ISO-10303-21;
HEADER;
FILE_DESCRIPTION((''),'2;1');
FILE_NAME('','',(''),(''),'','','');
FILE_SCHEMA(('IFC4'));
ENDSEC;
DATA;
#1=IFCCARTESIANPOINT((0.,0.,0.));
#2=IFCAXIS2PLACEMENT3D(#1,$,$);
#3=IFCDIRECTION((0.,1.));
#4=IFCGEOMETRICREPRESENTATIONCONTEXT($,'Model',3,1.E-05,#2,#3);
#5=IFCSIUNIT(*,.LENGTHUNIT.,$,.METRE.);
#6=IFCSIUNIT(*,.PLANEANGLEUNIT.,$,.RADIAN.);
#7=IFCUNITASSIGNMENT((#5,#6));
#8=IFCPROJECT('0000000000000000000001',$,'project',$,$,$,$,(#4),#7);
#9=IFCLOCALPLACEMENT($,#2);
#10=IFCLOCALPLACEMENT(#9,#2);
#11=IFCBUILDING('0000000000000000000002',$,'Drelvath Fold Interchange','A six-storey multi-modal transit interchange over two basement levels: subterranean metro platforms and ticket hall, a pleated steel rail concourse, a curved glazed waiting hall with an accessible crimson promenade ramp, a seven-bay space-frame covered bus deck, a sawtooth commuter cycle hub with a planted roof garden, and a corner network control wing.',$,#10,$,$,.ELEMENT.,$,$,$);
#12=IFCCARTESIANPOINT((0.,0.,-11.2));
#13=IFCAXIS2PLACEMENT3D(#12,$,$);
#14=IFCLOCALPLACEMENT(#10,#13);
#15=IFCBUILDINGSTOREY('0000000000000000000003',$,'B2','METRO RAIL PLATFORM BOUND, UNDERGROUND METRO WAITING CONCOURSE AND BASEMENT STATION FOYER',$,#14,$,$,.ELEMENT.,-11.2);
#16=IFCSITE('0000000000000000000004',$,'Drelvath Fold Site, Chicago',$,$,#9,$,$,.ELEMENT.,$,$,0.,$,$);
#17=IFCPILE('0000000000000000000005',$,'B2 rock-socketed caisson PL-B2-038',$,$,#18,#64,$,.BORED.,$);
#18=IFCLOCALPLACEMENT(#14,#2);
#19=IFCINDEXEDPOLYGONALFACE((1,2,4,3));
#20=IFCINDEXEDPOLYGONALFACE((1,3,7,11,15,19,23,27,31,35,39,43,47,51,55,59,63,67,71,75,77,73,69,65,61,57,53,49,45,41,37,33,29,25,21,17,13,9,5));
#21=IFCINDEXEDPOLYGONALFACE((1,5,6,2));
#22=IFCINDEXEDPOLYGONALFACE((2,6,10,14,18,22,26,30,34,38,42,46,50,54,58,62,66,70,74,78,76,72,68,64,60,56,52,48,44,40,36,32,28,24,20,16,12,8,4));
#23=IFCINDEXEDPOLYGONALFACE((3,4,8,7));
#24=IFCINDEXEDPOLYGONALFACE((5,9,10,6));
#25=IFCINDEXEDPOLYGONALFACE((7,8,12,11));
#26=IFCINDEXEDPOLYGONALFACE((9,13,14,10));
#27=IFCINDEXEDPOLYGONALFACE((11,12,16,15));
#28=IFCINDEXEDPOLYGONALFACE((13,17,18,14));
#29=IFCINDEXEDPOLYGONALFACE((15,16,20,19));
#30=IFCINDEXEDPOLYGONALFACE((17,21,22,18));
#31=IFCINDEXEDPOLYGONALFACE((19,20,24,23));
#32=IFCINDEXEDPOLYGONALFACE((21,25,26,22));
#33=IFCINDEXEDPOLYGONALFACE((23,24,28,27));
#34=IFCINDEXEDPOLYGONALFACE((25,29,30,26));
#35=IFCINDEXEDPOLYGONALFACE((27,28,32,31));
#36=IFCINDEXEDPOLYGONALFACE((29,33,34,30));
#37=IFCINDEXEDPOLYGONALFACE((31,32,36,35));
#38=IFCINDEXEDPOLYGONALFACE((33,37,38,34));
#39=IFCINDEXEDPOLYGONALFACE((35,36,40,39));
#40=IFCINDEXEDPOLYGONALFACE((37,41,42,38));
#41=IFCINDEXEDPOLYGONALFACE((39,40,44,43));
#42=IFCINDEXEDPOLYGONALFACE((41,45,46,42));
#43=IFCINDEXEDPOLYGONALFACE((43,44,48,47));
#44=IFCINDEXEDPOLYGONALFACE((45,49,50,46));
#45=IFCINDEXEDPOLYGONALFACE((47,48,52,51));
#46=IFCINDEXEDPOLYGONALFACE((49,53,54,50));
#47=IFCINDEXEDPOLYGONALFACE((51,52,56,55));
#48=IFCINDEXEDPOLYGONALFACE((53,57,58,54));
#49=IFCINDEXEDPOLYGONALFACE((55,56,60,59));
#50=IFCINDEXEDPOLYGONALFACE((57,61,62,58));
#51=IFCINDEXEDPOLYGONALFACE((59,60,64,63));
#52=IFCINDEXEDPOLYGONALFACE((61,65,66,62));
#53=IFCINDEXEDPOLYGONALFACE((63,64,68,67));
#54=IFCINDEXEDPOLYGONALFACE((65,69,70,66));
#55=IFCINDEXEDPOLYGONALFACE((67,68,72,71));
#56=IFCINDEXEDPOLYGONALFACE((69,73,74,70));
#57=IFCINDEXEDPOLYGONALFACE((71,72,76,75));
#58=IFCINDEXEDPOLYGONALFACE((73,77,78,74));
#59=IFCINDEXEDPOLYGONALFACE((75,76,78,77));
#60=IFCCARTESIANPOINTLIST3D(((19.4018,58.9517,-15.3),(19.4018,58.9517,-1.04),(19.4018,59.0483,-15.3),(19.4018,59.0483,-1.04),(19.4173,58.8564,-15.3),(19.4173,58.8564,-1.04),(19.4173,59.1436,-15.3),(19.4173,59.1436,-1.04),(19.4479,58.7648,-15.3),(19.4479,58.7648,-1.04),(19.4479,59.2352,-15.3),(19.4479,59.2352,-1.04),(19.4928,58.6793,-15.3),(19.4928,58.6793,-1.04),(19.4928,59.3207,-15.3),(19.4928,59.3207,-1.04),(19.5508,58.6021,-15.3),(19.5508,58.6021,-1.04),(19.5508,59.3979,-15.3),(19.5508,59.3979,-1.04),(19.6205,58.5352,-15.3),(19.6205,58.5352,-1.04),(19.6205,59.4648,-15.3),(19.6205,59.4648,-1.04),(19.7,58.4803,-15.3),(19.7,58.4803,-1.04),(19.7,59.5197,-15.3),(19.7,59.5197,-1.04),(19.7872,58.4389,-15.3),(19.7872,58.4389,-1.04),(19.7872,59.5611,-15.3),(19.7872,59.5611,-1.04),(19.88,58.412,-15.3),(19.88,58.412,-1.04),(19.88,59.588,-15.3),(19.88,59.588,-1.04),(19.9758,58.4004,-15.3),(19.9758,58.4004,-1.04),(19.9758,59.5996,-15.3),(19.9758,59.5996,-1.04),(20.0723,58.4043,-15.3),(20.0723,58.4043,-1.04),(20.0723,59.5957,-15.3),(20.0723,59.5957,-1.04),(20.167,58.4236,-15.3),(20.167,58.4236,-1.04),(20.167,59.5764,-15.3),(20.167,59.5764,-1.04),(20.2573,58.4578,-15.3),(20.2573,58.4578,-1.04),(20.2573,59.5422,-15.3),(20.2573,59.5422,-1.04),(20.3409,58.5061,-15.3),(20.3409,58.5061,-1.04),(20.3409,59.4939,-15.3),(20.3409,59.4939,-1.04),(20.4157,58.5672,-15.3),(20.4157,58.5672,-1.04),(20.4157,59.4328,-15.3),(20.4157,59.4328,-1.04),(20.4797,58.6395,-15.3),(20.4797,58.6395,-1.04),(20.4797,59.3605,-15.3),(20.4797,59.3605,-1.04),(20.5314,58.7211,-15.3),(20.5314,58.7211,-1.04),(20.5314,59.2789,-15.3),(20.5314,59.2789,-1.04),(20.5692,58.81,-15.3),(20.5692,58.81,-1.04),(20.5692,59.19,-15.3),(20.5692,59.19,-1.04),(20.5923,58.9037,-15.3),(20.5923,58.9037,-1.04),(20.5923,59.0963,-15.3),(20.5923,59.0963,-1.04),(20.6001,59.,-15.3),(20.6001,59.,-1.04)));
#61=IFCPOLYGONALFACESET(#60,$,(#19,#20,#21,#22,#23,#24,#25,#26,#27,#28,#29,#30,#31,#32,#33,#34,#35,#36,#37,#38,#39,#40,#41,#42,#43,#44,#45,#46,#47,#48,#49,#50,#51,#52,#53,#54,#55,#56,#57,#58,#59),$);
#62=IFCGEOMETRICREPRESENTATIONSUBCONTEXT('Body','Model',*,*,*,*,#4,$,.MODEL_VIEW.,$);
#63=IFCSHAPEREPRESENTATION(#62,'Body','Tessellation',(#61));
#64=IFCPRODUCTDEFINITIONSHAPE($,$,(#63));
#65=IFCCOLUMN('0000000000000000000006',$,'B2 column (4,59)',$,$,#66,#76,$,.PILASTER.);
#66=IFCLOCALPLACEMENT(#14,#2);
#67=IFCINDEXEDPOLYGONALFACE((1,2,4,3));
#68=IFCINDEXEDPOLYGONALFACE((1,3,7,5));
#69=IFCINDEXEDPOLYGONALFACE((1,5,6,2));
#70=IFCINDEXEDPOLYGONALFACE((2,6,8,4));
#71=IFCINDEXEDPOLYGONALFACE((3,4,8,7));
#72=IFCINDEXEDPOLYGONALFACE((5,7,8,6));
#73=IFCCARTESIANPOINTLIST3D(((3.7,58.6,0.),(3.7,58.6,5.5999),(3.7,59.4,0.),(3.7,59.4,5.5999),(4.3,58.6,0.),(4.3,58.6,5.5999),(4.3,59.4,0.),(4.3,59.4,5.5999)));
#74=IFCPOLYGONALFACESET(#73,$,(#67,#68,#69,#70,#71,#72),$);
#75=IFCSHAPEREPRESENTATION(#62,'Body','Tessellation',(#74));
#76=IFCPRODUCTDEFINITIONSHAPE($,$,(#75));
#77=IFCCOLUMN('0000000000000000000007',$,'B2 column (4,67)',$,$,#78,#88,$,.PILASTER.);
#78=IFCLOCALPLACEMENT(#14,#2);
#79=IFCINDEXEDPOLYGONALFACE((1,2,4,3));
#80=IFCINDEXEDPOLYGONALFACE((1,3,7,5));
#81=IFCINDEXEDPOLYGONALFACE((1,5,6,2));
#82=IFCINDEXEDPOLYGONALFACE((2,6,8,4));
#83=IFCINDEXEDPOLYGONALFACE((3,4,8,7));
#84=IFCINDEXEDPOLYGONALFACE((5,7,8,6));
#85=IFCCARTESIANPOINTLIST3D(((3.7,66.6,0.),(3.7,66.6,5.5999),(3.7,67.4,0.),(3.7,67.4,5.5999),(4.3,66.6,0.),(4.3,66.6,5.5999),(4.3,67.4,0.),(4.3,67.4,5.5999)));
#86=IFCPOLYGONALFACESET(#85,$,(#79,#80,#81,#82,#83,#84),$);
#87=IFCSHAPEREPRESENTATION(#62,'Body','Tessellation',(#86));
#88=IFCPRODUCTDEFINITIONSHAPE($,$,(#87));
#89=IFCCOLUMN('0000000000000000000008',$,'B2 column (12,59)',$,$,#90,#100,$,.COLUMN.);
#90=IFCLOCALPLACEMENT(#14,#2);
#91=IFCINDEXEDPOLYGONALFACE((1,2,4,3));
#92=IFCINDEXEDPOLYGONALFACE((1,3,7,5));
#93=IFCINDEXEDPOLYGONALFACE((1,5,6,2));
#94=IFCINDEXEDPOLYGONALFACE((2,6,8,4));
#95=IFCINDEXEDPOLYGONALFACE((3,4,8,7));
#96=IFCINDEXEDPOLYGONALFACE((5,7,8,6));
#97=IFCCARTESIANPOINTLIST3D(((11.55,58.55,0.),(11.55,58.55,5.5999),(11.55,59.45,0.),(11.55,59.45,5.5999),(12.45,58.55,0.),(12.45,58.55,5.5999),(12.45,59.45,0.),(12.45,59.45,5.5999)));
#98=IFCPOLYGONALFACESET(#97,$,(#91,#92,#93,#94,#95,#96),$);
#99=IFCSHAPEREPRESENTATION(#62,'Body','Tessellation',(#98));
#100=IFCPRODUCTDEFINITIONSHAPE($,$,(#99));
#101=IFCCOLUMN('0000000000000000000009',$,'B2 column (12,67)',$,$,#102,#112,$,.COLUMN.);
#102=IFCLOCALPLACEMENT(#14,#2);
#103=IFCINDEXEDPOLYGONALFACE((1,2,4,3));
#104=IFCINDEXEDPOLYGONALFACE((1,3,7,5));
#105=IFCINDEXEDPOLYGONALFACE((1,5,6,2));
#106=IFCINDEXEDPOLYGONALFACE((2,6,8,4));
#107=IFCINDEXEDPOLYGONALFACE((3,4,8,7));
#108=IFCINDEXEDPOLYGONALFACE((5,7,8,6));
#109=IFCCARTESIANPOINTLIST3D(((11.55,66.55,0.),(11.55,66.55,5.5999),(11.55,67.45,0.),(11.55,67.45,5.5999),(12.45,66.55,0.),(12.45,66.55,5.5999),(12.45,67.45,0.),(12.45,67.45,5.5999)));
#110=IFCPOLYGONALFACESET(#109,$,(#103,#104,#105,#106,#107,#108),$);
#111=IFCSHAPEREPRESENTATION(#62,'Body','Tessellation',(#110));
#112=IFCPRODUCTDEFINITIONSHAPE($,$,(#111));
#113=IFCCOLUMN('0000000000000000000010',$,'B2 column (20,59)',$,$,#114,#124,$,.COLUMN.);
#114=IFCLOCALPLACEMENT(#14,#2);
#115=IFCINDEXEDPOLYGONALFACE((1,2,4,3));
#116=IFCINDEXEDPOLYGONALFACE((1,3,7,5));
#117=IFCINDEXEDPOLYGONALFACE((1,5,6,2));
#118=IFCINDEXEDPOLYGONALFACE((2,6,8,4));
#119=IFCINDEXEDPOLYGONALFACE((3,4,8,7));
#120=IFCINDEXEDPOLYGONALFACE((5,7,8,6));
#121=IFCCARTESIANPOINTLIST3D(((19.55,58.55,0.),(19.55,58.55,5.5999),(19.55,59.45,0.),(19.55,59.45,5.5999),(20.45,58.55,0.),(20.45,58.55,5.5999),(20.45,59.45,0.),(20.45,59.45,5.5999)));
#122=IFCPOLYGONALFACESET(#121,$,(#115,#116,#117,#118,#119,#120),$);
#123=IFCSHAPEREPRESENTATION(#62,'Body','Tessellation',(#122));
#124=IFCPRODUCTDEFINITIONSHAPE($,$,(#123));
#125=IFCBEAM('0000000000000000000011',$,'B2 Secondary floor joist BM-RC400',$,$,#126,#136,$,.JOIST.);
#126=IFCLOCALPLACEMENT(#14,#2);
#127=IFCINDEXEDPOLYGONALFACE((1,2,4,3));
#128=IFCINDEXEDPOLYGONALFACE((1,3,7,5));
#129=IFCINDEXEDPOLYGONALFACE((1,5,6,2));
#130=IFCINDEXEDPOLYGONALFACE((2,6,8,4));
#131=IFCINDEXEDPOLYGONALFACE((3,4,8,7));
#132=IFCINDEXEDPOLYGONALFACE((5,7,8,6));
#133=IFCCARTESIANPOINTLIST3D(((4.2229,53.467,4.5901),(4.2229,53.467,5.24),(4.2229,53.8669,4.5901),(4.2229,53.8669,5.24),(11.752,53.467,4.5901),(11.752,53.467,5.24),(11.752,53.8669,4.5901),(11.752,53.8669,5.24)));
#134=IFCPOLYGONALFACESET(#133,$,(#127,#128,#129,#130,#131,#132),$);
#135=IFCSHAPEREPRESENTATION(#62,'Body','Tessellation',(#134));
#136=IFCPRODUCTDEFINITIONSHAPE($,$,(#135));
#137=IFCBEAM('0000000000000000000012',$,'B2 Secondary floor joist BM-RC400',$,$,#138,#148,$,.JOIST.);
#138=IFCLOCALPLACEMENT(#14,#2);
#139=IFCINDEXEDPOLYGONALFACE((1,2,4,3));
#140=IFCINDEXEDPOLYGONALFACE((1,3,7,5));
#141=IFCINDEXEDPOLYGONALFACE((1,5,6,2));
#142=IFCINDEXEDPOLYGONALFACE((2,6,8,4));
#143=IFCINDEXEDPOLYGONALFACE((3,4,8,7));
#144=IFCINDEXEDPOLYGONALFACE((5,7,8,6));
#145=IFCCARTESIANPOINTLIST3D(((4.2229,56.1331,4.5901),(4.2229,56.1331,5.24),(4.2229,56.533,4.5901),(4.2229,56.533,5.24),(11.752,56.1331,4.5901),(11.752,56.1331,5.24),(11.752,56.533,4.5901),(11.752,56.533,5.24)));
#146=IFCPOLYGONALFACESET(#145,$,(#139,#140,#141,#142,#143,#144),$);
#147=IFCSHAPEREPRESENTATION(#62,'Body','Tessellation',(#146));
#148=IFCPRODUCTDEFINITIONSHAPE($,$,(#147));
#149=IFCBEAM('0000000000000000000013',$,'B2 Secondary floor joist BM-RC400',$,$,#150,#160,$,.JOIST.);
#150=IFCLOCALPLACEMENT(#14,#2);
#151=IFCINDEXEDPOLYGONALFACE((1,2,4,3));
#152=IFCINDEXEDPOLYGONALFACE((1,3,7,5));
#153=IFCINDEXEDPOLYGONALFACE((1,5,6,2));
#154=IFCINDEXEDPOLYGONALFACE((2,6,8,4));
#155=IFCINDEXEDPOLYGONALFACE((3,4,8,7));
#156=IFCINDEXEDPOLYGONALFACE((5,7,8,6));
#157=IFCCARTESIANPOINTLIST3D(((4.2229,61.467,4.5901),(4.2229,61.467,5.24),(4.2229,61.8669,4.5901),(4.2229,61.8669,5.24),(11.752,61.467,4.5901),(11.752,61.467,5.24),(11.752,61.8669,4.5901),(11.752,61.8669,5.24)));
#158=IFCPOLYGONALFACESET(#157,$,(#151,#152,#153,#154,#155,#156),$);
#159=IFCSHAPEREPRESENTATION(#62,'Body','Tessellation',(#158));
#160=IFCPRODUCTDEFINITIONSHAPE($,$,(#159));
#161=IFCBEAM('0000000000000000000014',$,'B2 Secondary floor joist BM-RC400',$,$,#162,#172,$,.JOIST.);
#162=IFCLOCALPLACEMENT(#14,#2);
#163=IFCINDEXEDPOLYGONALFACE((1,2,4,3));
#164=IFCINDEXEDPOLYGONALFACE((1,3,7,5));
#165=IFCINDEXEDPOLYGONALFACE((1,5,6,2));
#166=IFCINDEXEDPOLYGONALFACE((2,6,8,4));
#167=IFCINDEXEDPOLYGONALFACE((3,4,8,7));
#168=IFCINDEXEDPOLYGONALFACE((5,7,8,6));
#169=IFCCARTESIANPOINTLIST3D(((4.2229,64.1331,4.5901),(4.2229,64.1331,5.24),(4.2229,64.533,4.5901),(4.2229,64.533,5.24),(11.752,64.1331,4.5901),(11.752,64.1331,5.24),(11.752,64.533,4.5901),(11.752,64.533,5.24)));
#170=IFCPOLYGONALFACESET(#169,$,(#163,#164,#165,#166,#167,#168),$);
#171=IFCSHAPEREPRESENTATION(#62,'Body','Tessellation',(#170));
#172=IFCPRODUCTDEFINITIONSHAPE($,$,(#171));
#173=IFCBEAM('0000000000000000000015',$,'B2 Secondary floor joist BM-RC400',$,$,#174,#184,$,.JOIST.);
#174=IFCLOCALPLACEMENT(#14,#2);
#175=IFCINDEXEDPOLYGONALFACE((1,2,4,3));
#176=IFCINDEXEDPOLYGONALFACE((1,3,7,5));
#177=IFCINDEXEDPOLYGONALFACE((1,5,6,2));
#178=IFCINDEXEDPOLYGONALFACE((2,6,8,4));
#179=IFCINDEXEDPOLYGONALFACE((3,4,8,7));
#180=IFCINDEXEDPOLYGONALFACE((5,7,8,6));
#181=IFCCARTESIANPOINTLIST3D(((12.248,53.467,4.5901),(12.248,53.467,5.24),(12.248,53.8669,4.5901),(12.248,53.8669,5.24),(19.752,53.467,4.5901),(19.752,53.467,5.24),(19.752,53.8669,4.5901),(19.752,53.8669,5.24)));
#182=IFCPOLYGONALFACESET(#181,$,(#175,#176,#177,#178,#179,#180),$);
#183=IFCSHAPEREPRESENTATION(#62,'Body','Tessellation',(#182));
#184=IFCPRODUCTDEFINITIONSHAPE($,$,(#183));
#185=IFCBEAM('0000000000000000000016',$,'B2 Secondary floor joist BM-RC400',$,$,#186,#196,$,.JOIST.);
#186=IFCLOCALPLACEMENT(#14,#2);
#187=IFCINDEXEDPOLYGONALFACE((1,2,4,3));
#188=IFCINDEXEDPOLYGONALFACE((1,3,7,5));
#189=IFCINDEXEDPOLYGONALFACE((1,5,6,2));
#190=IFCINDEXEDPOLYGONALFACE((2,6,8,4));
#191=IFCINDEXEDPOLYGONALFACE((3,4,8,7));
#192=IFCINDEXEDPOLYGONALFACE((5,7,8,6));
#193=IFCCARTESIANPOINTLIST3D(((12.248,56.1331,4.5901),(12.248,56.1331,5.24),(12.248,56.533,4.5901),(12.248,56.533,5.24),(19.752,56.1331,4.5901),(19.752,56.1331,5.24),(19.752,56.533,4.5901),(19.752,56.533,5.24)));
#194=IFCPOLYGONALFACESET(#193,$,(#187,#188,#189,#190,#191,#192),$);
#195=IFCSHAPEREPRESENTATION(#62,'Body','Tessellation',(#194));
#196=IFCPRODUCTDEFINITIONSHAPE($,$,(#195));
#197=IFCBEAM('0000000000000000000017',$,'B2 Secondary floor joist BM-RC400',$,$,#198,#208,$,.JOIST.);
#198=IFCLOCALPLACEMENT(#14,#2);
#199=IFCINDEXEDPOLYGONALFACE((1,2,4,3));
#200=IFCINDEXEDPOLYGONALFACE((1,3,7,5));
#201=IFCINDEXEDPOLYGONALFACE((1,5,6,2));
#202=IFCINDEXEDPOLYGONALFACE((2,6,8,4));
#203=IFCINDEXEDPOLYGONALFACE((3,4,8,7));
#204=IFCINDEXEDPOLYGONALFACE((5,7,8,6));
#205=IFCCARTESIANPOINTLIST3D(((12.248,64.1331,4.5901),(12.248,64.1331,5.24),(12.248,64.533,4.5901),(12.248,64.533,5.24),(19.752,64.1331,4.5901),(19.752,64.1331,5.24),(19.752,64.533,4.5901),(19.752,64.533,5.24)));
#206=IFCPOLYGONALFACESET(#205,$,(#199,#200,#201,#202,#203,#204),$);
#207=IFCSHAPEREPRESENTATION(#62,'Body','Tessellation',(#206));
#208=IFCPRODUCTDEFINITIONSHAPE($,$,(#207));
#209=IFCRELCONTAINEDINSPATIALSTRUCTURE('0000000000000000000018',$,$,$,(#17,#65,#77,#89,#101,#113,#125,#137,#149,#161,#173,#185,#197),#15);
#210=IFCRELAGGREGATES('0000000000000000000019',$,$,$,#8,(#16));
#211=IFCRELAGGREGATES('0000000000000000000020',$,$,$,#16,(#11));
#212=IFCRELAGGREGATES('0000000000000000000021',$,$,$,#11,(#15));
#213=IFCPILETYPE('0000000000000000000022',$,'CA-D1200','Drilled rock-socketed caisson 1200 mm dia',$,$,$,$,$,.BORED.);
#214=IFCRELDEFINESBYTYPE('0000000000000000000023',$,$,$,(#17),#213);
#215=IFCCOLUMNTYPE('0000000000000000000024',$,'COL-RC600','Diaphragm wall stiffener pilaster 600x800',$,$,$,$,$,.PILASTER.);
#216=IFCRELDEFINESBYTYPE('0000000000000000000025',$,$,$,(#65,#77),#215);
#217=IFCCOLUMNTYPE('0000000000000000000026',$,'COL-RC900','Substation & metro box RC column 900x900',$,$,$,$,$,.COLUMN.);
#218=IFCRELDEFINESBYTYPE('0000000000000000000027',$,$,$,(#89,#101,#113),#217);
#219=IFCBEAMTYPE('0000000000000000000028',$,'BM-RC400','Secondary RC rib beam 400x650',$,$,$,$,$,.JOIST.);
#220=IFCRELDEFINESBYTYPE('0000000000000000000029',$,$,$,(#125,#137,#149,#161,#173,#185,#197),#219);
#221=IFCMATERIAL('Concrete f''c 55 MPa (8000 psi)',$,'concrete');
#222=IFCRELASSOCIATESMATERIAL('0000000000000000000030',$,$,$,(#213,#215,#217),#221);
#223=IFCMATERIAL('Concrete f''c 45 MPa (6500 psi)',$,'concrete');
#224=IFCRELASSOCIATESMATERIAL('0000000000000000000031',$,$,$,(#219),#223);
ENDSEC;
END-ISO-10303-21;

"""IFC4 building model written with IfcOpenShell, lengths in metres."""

from ifc_helpers import new_model, si_unit, direction, frame, origin, origin_2d, place, context, subcontext, project, spatial, rectangle, circle, extrude, material, material_profile, profile_set, type_object, element, save


model = new_model("IFC4")

# Units and contexts
model_context = context("Model", 3, precision=1e-05, world=origin(), true_north=direction((0.0, 1.0)))
body_context = subcontext(model_context, "Body", "Model", "MODEL_VIEW")
ifc_project = project(units=[si_unit("LENGTHUNIT", "METRE"), si_unit("PLANEANGLEUNIT", "RADIAN")], contexts=[model_context])

# Site, building, storey
site_placement = place(None, origin())
site = spatial("IfcSite", under=ifc_project, at=site_placement, Name="Drelvath Fold Site, Chicago", CompositionType="ELEMENT", RefElevation=0.0)
building_placement = place(site_placement, origin())
building = spatial("IfcBuilding", under=site, at=building_placement, Name="Drelvath Fold Interchange", Description="A six-storey multi-modal transit interchange over two basement levels: subterranean metro platforms and ticket hall, a pleated steel rail concourse, a curved glazed waiting hall with an accessible crimson promenade ramp, a seven-bay space-frame covered bus deck, a sawtooth commuter cycle hub with a planted roof garden, and a corner network control wing.", CompositionType="ELEMENT")
storey_placement = place(building_placement, frame((0.0, 0.0, -11.2)))
storey = spatial("IfcBuildingStorey", under=building, at=storey_placement, Name="B2", Description="METRO RAIL PLATFORM BOUND, UNDERGROUND METRO WAITING CONCOURSE AND BASEMENT STATION FOYER", CompositionType="ELEMENT", Elevation=-11.2)

# Pile
ifc_material_1 = material(Name="Concrete f'c 55 MPa (8000 psi)", Category="concrete")
ifc_material_profile_1 = material_profile(ifc_material_1, circle(Radius=0.6001, at=origin_2d()), Name="CAISSON D1200")
ifc_profile_set_1 = profile_set([ifc_material_profile_1], Name="Concrete f'c 55 MPa (8000 psi)")
pile_type = type_object("IfcPileType", Name="CA-D1200", Description="Drilled rock-socketed caisson 1200 mm dia", PredefinedType="BORED", material=ifc_profile_set_1)
for number, where, z_axis, x_axis, name in (
    (1, (20.0, 59.0, -1.04), (0.0, 0.0, -1.0), (1.0, 0.0, 0.0), "B2 rock-socketed caisson PL-B2-038"),
):
    element("IfcPile", number, at=place(storey_placement, frame(where, z_axis=z_axis, x_axis=x_axis)), inside=storey, type_object=pile_type, Name=name, PredefinedType="BORED", context=body_context, shape_type="SweptSolid", body=[
        extrude(circle(Radius=0.6001, at=origin_2d()), origin(), (0.0, 0.0, 1.0), 14.26),
    ])

# Columns
ifc_material_profile_2 = material_profile(ifc_material_1, rectangle(XDim=0.6001, YDim=0.8, at=origin_2d()), Name="RC 600x800")
ifc_profile_set_2 = profile_set([ifc_material_profile_2], Name="Concrete f'c 55 MPa (8000 psi)")
column_type_1 = type_object("IfcColumnType", Name="COL-RC600", Description="Diaphragm wall stiffener pilaster 600x800", PredefinedType="PILASTER", material=ifc_profile_set_2)
for number, where, z_axis, x_axis, name in (
    (2, (4.0, 59.0, 0.0), (0.0, 0.0, 1.0), (1.0, 0.0, 0.0), "B2 column (4,59)"),
    (3, (4.0, 67.0, 0.0), (0.0, 0.0, 1.0), (1.0, 0.0, 0.0), "B2 column (4,67)"),
):
    element("IfcColumn", number, at=place(storey_placement, frame(where, z_axis=z_axis, x_axis=x_axis)), inside=storey, type_object=column_type_1, Name=name, PredefinedType="PILASTER", context=body_context, shape_type="SweptSolid", body=[
        extrude(rectangle(XDim=0.6001, YDim=0.8, at=origin_2d()), origin(), (0.0, 0.0, 1.0), 5.5999),
    ])
ifc_material_profile_3 = material_profile(ifc_material_1, rectangle(XDim=0.8999, YDim=0.8999, at=origin_2d()), Name="RC 900x900")
ifc_profile_set_3 = profile_set([ifc_material_profile_3], Name="Concrete f'c 55 MPa (8000 psi)")
column_type_2 = type_object("IfcColumnType", Name="COL-RC900", Description="Substation & metro box RC column 900x900", PredefinedType="COLUMN", material=ifc_profile_set_3)
for number, where, z_axis, x_axis, name in (
    (4, (12.0, 59.0, 0.0), (0.0, 0.0, 1.0), (1.0, 0.0, 0.0), "B2 column (12,59)"),
    (5, (12.0, 67.0, 0.0), (0.0, 0.0, 1.0), (1.0, 0.0, 0.0), "B2 column (12,67)"),
    (6, (20.0, 59.0, 0.0), (0.0, 0.0, 1.0), (1.0, 0.0, 0.0), "B2 column (20,59)"),
):
    element("IfcColumn", number, at=place(storey_placement, frame(where, z_axis=z_axis, x_axis=x_axis)), inside=storey, type_object=column_type_2, Name=name, PredefinedType="COLUMN", context=body_context, shape_type="SweptSolid", body=[
        extrude(rectangle(XDim=0.8999, YDim=0.8999, at=origin_2d()), origin(), (0.0, 0.0, 1.0), 5.5999),
    ])

# Beams
ifc_material_2 = material(Name="Concrete f'c 45 MPa (6500 psi)", Category="concrete")
ifc_material_profile_4 = material_profile(ifc_material_2, rectangle(XDim=0.3999, YDim=0.6499, at=origin_2d()), Name="RC 400x650")
ifc_profile_set_4 = profile_set([ifc_material_profile_4], Name="Concrete f'c 45 MPa (6500 psi)")
beam_type_1 = type_object("IfcBeamType", Name="BM-RC400", Description="Secondary RC rib beam 400x650", PredefinedType="JOIST", material=ifc_profile_set_4)
for number, where, z_axis, x_axis, name in (
    (7, (4.2229, 53.667, 4.915), (1.0, 0.0, 0.0), (0.0, 1.0, 0.0), "B2 Secondary floor joist BM-RC400"),
    (8, (4.2229, 56.333, 4.915), (1.0, 0.0, 0.0), (0.0, 1.0, 0.0), "B2 Secondary floor joist BM-RC400"),
    (9, (4.2229, 61.667, 4.915), (1.0, 0.0, 0.0), (0.0, 1.0, 0.0), "B2 Secondary floor joist BM-RC400"),
    (10, (4.2229, 64.333, 4.915), (1.0, 0.0, 0.0), (0.0, 1.0, 0.0), "B2 Secondary floor joist BM-RC400"),
):
    element("IfcBeam", number, at=place(storey_placement, frame(where, z_axis=z_axis, x_axis=x_axis)), inside=storey, type_object=beam_type_1, Name=name, PredefinedType="JOIST", context=body_context, shape_type="SweptSolid", body=[
        extrude(rectangle(XDim=0.3999, YDim=0.6499, at=origin_2d()), origin(), (0.0, 0.0, 1.0), 7.5291),
    ])
for number, where, z_axis, x_axis, name in (
    (11, (12.248, 53.667, 4.915), (1.0, 0.0, 0.0), (0.0, 1.0, 0.0), "B2 Secondary floor joist BM-RC400"),
    (12, (12.248, 56.333, 4.915), (1.0, 0.0, 0.0), (0.0, 1.0, 0.0), "B2 Secondary floor joist BM-RC400"),
    (13, (12.248, 64.333, 4.915), (1.0, 0.0, 0.0), (0.0, 1.0, 0.0), "B2 Secondary floor joist BM-RC400"),
):
    element("IfcBeam", number, at=place(storey_placement, frame(where, z_axis=z_axis, x_axis=x_axis)), inside=storey, type_object=beam_type_1, Name=name, PredefinedType="JOIST", context=body_context, shape_type="SweptSolid", body=[
        extrude(rectangle(XDim=0.3999, YDim=0.6499, at=origin_2d()), origin(), (0.0, 0.0, 1.0), 7.5039),
    ])

save(model, "model.ifc")
